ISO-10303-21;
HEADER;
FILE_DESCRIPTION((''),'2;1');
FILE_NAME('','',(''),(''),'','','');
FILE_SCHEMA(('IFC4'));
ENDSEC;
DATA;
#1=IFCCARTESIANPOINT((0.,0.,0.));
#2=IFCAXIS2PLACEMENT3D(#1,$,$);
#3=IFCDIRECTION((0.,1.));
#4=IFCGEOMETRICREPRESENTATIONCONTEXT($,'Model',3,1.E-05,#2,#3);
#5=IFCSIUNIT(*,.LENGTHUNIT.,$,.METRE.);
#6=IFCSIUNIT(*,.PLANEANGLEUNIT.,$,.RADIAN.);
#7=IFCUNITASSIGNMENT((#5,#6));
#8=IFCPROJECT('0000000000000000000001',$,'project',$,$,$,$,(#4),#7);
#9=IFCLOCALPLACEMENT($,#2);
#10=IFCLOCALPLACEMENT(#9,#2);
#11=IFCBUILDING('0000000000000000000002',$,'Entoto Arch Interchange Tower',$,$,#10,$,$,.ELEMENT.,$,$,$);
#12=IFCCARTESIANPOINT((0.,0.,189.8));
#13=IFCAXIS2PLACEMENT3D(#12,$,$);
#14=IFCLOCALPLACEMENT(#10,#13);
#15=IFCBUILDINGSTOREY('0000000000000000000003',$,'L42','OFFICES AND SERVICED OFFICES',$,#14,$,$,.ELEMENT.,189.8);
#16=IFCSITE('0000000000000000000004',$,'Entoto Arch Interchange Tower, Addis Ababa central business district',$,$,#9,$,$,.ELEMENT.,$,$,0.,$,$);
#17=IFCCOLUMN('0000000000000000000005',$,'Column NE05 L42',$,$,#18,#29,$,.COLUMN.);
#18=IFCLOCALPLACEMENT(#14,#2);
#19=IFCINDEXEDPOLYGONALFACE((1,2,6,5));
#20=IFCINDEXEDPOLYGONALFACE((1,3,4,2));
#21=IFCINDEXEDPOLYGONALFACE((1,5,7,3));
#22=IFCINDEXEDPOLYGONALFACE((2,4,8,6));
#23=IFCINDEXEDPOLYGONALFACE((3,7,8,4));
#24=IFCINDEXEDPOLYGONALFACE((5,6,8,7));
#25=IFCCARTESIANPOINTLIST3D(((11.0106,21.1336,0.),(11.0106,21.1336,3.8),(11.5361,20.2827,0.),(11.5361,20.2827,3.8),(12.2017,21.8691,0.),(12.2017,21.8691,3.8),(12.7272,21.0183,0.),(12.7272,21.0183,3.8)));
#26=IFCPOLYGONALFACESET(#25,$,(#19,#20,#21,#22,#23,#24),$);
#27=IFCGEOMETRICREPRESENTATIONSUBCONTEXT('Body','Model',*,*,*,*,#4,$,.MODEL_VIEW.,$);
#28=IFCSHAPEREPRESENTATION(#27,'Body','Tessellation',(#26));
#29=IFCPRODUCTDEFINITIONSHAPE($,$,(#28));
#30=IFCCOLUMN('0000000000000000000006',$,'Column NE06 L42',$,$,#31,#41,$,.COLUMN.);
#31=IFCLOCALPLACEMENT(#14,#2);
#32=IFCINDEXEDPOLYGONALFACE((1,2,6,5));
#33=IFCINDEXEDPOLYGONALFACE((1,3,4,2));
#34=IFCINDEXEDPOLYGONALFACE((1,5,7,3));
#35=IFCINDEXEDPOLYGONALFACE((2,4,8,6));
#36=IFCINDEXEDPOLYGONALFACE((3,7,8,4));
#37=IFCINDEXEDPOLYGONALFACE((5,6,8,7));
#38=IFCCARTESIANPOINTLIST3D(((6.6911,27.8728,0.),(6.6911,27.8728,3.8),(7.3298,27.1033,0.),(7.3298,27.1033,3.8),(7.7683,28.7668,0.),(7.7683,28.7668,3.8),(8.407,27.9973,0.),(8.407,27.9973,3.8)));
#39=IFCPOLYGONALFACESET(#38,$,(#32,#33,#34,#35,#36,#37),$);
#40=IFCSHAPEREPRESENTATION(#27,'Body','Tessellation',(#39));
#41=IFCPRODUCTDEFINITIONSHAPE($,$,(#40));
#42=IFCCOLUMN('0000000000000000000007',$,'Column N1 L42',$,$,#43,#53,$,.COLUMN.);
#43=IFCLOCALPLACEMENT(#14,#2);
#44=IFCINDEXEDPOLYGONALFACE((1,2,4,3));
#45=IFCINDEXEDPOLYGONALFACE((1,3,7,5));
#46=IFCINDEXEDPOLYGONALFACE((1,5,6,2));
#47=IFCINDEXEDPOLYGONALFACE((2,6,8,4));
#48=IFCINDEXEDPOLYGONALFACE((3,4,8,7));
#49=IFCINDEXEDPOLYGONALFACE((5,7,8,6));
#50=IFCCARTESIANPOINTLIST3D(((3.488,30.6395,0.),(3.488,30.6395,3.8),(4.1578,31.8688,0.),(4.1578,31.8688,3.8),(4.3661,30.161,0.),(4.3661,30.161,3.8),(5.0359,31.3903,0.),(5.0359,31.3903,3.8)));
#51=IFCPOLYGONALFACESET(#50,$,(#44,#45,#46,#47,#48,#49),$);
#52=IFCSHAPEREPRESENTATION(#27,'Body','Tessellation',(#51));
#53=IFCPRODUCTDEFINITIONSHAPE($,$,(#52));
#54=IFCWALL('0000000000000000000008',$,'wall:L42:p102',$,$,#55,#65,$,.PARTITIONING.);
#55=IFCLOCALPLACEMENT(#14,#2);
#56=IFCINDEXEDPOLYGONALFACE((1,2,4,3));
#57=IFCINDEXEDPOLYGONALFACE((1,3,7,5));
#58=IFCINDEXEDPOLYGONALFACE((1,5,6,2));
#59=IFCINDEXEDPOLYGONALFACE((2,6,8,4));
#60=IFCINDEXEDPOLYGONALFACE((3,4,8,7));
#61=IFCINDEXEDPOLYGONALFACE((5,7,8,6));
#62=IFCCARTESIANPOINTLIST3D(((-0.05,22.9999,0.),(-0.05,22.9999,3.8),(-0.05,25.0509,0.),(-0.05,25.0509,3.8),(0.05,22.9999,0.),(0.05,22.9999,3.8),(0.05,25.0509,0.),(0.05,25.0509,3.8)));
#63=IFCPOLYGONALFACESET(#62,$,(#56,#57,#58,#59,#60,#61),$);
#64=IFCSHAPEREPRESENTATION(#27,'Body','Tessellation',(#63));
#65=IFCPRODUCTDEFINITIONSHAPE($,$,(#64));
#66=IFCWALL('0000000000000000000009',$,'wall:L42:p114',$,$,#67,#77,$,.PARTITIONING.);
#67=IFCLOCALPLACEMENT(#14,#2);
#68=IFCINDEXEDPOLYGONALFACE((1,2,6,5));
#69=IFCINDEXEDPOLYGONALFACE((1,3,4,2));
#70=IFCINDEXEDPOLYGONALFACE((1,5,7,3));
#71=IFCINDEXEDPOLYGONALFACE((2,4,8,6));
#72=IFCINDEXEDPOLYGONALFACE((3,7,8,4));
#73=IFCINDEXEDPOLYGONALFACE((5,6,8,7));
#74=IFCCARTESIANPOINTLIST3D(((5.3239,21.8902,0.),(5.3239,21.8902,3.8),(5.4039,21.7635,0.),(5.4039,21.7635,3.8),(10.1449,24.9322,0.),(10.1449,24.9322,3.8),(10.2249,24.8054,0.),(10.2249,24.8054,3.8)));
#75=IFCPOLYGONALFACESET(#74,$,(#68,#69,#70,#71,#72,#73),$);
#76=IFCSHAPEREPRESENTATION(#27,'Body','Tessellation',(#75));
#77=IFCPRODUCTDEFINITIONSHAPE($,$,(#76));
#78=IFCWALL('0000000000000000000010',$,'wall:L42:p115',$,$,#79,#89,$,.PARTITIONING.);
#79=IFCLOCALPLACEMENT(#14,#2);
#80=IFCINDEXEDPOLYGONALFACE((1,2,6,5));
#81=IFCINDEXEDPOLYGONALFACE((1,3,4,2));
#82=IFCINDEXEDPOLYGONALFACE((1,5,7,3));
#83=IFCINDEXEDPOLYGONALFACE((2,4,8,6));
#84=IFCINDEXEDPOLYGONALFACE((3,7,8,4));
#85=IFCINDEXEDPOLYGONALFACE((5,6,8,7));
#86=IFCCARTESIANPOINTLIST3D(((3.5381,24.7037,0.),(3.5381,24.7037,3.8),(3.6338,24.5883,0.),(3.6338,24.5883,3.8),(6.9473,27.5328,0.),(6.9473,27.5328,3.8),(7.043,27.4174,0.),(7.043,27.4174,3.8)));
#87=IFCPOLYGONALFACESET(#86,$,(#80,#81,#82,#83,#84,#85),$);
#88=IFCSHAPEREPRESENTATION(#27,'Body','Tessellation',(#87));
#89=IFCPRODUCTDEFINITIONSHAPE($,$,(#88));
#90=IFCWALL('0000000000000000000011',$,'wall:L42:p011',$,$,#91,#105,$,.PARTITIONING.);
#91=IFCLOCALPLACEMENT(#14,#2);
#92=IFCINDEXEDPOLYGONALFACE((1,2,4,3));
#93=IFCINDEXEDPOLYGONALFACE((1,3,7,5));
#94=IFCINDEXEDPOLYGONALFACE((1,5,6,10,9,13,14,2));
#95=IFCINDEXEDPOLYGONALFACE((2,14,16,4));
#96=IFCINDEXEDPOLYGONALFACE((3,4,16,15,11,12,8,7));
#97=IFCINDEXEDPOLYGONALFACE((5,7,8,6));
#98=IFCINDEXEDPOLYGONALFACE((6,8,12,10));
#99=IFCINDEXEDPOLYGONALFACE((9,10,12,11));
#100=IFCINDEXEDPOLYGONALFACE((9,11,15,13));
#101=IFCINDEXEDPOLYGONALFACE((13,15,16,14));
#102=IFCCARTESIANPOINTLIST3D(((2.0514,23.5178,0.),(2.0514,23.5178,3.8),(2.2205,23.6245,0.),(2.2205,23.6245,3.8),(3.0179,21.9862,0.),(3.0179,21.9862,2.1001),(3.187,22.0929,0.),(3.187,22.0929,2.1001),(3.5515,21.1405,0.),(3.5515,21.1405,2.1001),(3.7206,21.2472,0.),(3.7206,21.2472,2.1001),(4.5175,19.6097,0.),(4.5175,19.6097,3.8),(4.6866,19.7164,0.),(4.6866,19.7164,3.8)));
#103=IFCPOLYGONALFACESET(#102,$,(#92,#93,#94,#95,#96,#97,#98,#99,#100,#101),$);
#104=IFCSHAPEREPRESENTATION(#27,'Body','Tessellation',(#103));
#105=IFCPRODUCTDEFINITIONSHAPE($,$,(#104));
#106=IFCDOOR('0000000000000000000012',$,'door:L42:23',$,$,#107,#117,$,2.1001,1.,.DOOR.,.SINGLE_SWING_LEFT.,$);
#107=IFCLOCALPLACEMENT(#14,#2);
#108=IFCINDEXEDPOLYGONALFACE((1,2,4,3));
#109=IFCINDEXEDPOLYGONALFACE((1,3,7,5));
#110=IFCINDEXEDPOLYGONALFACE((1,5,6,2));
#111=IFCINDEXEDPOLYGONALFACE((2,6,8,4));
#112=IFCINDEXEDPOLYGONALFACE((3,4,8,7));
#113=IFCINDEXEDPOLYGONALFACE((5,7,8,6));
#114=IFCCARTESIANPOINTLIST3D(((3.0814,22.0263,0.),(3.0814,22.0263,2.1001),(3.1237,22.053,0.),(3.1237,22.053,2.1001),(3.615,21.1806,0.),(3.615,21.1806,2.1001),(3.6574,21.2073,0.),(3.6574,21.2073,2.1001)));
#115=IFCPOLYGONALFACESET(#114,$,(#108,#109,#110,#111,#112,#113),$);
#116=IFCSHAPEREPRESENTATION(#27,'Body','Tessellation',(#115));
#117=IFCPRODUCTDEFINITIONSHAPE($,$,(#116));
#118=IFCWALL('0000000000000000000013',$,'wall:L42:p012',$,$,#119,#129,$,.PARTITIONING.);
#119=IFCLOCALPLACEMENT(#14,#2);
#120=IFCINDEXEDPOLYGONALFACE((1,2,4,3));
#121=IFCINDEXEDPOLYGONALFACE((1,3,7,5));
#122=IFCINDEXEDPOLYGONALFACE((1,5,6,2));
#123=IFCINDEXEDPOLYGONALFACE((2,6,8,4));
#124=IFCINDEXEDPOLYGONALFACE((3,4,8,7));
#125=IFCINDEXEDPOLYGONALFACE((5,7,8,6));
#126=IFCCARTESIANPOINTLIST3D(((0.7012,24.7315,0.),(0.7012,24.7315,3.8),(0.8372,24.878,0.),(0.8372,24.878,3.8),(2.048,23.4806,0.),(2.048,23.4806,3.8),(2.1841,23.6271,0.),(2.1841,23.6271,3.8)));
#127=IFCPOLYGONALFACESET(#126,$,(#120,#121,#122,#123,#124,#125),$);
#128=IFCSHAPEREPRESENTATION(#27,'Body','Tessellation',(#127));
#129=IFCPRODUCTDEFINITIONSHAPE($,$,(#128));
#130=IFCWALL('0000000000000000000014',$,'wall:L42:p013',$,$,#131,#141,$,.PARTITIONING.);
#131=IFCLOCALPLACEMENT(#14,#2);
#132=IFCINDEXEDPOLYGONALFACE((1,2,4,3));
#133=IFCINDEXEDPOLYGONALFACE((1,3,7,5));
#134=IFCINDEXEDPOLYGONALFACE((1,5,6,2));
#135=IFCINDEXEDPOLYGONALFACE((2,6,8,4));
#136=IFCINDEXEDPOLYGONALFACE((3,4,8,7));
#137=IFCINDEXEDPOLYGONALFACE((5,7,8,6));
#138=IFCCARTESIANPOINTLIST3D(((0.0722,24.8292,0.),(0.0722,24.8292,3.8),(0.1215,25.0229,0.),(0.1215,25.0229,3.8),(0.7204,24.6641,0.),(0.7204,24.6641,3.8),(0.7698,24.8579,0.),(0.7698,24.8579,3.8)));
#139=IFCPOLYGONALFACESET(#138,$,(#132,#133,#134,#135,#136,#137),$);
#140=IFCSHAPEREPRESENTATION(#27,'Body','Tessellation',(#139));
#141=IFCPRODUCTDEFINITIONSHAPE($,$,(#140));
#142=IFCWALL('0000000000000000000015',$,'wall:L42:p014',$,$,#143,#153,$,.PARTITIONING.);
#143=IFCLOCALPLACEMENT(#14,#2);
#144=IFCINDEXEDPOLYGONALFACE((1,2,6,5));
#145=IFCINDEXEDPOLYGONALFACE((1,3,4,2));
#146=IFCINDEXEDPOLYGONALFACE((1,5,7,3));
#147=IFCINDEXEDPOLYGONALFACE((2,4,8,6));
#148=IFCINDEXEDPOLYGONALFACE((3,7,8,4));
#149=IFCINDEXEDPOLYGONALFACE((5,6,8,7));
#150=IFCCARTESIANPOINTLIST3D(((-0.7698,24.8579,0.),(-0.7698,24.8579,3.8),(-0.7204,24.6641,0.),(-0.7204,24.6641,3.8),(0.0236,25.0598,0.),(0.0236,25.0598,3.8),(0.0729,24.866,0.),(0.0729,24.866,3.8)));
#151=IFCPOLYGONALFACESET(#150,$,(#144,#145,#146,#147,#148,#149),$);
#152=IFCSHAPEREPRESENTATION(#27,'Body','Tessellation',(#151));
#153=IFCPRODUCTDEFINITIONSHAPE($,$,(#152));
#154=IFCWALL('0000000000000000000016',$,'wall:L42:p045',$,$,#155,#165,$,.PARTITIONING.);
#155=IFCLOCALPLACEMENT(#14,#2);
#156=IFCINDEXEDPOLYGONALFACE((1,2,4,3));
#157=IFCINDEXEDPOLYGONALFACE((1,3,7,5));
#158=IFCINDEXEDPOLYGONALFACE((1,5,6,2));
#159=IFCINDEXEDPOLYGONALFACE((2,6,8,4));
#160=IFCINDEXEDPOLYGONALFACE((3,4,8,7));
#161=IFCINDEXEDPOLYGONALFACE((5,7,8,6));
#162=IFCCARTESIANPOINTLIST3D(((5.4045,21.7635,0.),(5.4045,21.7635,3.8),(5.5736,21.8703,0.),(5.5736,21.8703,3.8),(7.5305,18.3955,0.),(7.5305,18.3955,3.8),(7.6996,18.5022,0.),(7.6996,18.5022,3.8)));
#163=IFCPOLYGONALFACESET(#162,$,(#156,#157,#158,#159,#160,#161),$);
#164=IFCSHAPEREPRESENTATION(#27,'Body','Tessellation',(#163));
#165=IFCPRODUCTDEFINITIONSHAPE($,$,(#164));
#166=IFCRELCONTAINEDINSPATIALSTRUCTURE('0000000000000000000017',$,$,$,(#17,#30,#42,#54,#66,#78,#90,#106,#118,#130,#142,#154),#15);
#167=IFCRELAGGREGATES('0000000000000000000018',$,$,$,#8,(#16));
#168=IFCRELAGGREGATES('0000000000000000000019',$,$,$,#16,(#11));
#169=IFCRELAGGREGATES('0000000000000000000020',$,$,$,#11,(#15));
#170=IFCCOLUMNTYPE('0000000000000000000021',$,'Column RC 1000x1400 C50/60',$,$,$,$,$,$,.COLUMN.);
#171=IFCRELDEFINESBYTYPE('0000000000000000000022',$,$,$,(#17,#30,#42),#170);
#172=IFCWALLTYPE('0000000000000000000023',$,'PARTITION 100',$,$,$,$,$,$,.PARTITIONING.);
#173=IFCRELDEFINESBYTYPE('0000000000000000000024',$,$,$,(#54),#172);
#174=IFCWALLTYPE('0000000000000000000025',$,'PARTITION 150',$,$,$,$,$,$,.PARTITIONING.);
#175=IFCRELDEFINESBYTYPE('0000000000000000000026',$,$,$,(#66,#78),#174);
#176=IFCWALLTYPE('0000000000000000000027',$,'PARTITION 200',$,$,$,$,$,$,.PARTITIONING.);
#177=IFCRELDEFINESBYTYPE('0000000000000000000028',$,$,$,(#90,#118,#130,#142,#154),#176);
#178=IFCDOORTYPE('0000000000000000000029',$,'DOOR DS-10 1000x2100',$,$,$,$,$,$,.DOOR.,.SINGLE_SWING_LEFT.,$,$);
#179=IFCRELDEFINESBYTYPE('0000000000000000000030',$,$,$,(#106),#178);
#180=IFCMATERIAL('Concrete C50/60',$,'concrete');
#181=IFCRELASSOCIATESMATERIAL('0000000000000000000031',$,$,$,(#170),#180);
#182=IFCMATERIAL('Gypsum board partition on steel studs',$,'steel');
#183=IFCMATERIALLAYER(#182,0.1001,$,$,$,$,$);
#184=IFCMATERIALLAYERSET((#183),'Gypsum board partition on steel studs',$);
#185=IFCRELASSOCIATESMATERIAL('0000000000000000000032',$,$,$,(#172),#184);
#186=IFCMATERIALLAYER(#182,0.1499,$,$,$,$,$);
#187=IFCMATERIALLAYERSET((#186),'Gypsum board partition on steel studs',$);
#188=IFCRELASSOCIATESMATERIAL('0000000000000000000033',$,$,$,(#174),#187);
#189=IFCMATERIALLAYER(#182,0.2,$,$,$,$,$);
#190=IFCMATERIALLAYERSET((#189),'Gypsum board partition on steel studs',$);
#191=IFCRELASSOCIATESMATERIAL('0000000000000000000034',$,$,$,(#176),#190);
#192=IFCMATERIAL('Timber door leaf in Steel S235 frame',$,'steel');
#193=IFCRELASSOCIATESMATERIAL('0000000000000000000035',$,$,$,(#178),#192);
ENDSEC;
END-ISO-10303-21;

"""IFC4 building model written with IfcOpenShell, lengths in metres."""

from ifc_helpers import new_model, si_unit, direction, frame, frame_2d, origin, origin_2d, place, context, subcontext, project, spatial, rectangle, extrude, material, layer, layer_set, material_profile, profile_set, type_object, element, fill, save


model = new_model("IFC4")

# Units and contexts
model_context = context("Model", 3, precision=1e-05, world=origin(), true_north=direction((0.0, 1.0)))
body_context = subcontext(model_context, "Body", "Model", "MODEL_VIEW")
ifc_project = project(units=[si_unit("LENGTHUNIT", "METRE"), si_unit("PLANEANGLEUNIT", "RADIAN")], contexts=[model_context])

# Site, building, storey
site_placement = place(None, origin())
site = spatial("IfcSite", under=ifc_project, at=site_placement, Name="Entoto Arch Interchange Tower, Addis Ababa central business district", CompositionType="ELEMENT", RefElevation=0.0)
building_placement = place(site_placement, origin())
building = spatial("IfcBuilding", under=site, at=building_placement, Name="Entoto Arch Interchange Tower", CompositionType="ELEMENT")
storey_placement = place(building_placement, frame((0.0, 0.0, 189.8)))
storey = spatial("IfcBuildingStorey", under=building, at=storey_placement, Name="L42", Description="OFFICES AND SERVICED OFFICES", CompositionType="ELEMENT", Elevation=189.8)

# Columns
ifc_material_1 = material(Name="Concrete C50/60", Category="concrete")
ifc_material_profile = material_profile(ifc_material_1, rectangle(XDim=1.0, YDim=1.3999, at=origin_2d()))
ifc_profile_set = profile_set([ifc_material_profile], Name="Concrete C50/60")
column_type = type_object("IfcColumnType", Name="Column RC 1000x1400 C50/60", PredefinedType="COLUMN", material=ifc_profile_set)
for number, where, z_axis, x_axis, name in (
    (1, (11.8689, 21.0759, 0.0), (0.0, 0.0, 1.0), (-0.525427, 0.850839, 0.0), "Column NE05 L42"),
    (2, (7.5491, 27.9351, 0.0), (0.0, 0.0, 1.0), (-0.63866, 0.769489, 0.0), "Column NE06 L42"),
    (3, (4.262, 31.0149, 0.0), (0.0, 0.0, 1.0), (-0.8781, 0.478477, 0.0), "Column N1 L42"),
):
    element("IfcColumn", number, at=place(storey_placement, frame(where, z_axis=z_axis, x_axis=x_axis)), inside=storey, type_object=column_type, Name=name, PredefinedType="COLUMN", context=body_context, shape_type="SweptSolid", body=[
        extrude(rectangle(XDim=1.0, YDim=1.3999, at=origin_2d()), origin(), (0.0, 0.0, 1.0), 3.8),
    ])

# Walls
ifc_material_2 = material(Name="Gypsum board partition on steel studs", Category="steel")
ifc_layer_1 = layer(ifc_material_2, 0.1001)
ifc_layer_set_1 = layer_set([ifc_layer_1], Name="Gypsum board partition on steel studs")
wall_type_1 = type_object("IfcWallType", Name="PARTITION 100", PredefinedType="PARTITIONING", material=ifc_layer_set_1)
wall_1_placement = place(storey_placement, frame((0.0, 23.0, 0.0), z_axis=(0.0, 0.0, 1.0), x_axis=(0.0, 1.0, 0.0)))
element("IfcWall", 4, at=wall_1_placement, inside=storey, type_object=wall_type_1, Name="wall:L42:p102", PredefinedType="PARTITIONING", context=body_context, shape_type="SweptSolid", body=[
    extrude(rectangle(XDim=2.051, YDim=0.1001, at=frame_2d((1.0254, 0.0))), origin(), (0.0, 0.0, 1.0), 3.8),
])
ifc_layer_2 = layer(ifc_material_2, 0.1499)
ifc_layer_set_2 = layer_set([ifc_layer_2], Name="Gypsum board partition on steel studs")
wall_type_2 = type_object("IfcWallType", Name="PARTITION 150", PredefinedType="PARTITIONING", material=ifc_layer_set_2)
wall_2_placement = place(storey_placement, frame((5.364, 21.8269, 0.0), z_axis=(0.0, 0.0, 1.0), x_axis=(0.845717, 0.533632, 0.0)))
element("IfcWall", 5, at=wall_2_placement, inside=storey, type_object=wall_type_2, Name="wall:L42:p114", PredefinedType="PARTITIONING", context=body_context, shape_type="SweptSolid", body=[
    extrude(rectangle(XDim=5.7004, YDim=0.1499, at=frame_2d((2.8501, 0.0))), origin(), (0.0, 0.0, 1.0), 3.8),
])
wall_3_placement = place(storey_placement, frame((3.5859, 24.646, 0.0), z_axis=(0.0, 0.0, 1.0), x_axis=(0.769539, 0.6386, 0.0)))
element("IfcWall", 6, at=wall_3_placement, inside=storey, type_object=wall_type_2, Name="wall:L42:p115", PredefinedType="PARTITIONING", context=body_context, shape_type="SweptSolid", body=[
    extrude(rectangle(XDim=4.4302, YDim=0.1499, at=frame_2d((2.2151, 0.0))), origin(), (0.0, 0.0, 1.0), 3.8),
])

# Wall, opening, door
ifc_layer_3 = layer(ifc_material_2, 0.2)
ifc_layer_set_3 = layer_set([ifc_layer_3], Name="Gypsum board partition on steel studs")
wall_type_3 = type_object("IfcWallType", Name="PARTITION 200", PredefinedType="PARTITIONING", material=ifc_layer_set_3)
wall_4_placement = place(storey_placement, frame((4.6021, 19.6631, 0.0), z_axis=(0.0, 0.0, 1.0), x_axis=(-0.533665, 0.845696, 0.0)))
wall_4 = element("IfcWall", 7, at=wall_4_placement, inside=storey, type_object=wall_type_3, Name="wall:L42:p011", PredefinedType="PARTITIONING", context=body_context, shape_type="SweptSolid", body=[
    extrude(rectangle(XDim=4.6211, YDim=0.2, at=frame_2d((2.3105, 0.0))), origin(), (0.0, 0.0, 1.0), 3.8),
])
opening_1_placement = place(wall_4_placement, frame((1.8101, 0.0, 0.0)))
opening_1 = element("IfcOpeningElement", 8, at=opening_1_placement, cuts=wall_4, PredefinedType="OPENING", context=body_context, shape_type="SweptSolid", body=[
    extrude(rectangle(XDim=1.0, YDim=2.1001, at=frame_2d((0.5, 1.05))), frame((0.0, 0.1099, 0.0), z_axis=(0.0, -1.0, 0.0), x_axis=(1.0, 0.0, 0.0)), (0.0, 0.0, 1.0), 0.22),
])
ifc_material_3 = material(Name="Timber door leaf in Steel S235 frame", Category="steel")
door_type = type_object("IfcDoorType", Name="DOOR DS-10 1000x2100", OperationType="SINGLE_SWING_LEFT", PredefinedType="DOOR", material=ifc_material_3)
door_1_placement = place(opening_1_placement, origin())
door_1 = element("IfcDoor", 9, at=door_1_placement, inside=storey, type_object=door_type, Name="door:L42:23", OperationType="SINGLE_SWING_LEFT", OverallHeight=2.1001, OverallWidth=1.0, PredefinedType="DOOR", context=body_context, shape_type="SweptSolid", body=[
    extrude(rectangle(XDim=1.0, YDim=2.1001, at=frame_2d((0.5, 1.05))), frame((0.0, 0.0249, 0.0), z_axis=(0.0, -1.0, 0.0), x_axis=(1.0, 0.0, 0.0)), (0.0, 0.0, 1.0), 0.05),
])
fill(opening_1, door_1)

# Walls
wall_5_placement = place(storey_placement, frame((2.116, 23.554, 0.0), z_axis=(0.0, 0.0, 1.0), x_axis=(-0.732723, 0.680528, 0.0)))
element("IfcWall", 10, at=wall_5_placement, inside=storey, type_object=wall_type_3, Name="wall:L42:p012", PredefinedType="PARTITIONING", context=body_context, shape_type="SweptSolid", body=[
    extrude(rectangle(XDim=1.8381, YDim=0.2, at=frame_2d((0.9189, 0.0))), origin(), (0.0, 0.0, 1.0), 3.8),
])
wall_6_placement = place(storey_placement, frame((0.7451, 24.761, 0.0), z_axis=(0.0, 0.0, 1.0), x_axis=(-0.969081, 0.246742, 0.0)))
element("IfcWall", 11, at=wall_6_placement, inside=storey, type_object=wall_type_3, Name="wall:L42:p013", PredefinedType="PARTITIONING", context=body_context, shape_type="SweptSolid", body=[
    extrude(rectangle(XDim=0.6689, YDim=0.2, at=frame_2d((0.3345, 0.0))), origin(), (0.0, 0.0, 1.0), 3.8),
])
wall_7_placement = place(storey_placement, frame((0.0481, 24.9629, 0.0), z_axis=(0.0, 0.0, 1.0), x_axis=(-0.969098, -0.246674, 0.0)))
element("IfcWall", 12, at=wall_7_placement, inside=storey, type_object=wall_type_3, Name="wall:L42:p014", PredefinedType="PARTITIONING", context=body_context, shape_type="SweptSolid", body=[
    extrude(rectangle(XDim=0.8186, YDim=0.2, at=frame_2d((0.4092, 0.0))), origin(), (0.0, 0.0, 1.0), 3.8),
])
wall_8_placement = place(storey_placement, frame((5.489, 21.8169, 0.0), z_axis=(0.0, 0.0, 1.0), x_axis=(0.53379, -0.845617, 0.0)))
element("IfcWall", 13, at=wall_8_placement, inside=storey, type_object=wall_type_3, Name="wall:L42:p045", PredefinedType="PARTITIONING", context=body_context, shape_type="SweptSolid", body=[
    extrude(rectangle(XDim=3.9829, YDim=0.2, at=frame_2d((1.9915, 0.0))), origin(), (0.0, 0.0, 1.0), 3.8),
])

save(model, "model.ifc")
